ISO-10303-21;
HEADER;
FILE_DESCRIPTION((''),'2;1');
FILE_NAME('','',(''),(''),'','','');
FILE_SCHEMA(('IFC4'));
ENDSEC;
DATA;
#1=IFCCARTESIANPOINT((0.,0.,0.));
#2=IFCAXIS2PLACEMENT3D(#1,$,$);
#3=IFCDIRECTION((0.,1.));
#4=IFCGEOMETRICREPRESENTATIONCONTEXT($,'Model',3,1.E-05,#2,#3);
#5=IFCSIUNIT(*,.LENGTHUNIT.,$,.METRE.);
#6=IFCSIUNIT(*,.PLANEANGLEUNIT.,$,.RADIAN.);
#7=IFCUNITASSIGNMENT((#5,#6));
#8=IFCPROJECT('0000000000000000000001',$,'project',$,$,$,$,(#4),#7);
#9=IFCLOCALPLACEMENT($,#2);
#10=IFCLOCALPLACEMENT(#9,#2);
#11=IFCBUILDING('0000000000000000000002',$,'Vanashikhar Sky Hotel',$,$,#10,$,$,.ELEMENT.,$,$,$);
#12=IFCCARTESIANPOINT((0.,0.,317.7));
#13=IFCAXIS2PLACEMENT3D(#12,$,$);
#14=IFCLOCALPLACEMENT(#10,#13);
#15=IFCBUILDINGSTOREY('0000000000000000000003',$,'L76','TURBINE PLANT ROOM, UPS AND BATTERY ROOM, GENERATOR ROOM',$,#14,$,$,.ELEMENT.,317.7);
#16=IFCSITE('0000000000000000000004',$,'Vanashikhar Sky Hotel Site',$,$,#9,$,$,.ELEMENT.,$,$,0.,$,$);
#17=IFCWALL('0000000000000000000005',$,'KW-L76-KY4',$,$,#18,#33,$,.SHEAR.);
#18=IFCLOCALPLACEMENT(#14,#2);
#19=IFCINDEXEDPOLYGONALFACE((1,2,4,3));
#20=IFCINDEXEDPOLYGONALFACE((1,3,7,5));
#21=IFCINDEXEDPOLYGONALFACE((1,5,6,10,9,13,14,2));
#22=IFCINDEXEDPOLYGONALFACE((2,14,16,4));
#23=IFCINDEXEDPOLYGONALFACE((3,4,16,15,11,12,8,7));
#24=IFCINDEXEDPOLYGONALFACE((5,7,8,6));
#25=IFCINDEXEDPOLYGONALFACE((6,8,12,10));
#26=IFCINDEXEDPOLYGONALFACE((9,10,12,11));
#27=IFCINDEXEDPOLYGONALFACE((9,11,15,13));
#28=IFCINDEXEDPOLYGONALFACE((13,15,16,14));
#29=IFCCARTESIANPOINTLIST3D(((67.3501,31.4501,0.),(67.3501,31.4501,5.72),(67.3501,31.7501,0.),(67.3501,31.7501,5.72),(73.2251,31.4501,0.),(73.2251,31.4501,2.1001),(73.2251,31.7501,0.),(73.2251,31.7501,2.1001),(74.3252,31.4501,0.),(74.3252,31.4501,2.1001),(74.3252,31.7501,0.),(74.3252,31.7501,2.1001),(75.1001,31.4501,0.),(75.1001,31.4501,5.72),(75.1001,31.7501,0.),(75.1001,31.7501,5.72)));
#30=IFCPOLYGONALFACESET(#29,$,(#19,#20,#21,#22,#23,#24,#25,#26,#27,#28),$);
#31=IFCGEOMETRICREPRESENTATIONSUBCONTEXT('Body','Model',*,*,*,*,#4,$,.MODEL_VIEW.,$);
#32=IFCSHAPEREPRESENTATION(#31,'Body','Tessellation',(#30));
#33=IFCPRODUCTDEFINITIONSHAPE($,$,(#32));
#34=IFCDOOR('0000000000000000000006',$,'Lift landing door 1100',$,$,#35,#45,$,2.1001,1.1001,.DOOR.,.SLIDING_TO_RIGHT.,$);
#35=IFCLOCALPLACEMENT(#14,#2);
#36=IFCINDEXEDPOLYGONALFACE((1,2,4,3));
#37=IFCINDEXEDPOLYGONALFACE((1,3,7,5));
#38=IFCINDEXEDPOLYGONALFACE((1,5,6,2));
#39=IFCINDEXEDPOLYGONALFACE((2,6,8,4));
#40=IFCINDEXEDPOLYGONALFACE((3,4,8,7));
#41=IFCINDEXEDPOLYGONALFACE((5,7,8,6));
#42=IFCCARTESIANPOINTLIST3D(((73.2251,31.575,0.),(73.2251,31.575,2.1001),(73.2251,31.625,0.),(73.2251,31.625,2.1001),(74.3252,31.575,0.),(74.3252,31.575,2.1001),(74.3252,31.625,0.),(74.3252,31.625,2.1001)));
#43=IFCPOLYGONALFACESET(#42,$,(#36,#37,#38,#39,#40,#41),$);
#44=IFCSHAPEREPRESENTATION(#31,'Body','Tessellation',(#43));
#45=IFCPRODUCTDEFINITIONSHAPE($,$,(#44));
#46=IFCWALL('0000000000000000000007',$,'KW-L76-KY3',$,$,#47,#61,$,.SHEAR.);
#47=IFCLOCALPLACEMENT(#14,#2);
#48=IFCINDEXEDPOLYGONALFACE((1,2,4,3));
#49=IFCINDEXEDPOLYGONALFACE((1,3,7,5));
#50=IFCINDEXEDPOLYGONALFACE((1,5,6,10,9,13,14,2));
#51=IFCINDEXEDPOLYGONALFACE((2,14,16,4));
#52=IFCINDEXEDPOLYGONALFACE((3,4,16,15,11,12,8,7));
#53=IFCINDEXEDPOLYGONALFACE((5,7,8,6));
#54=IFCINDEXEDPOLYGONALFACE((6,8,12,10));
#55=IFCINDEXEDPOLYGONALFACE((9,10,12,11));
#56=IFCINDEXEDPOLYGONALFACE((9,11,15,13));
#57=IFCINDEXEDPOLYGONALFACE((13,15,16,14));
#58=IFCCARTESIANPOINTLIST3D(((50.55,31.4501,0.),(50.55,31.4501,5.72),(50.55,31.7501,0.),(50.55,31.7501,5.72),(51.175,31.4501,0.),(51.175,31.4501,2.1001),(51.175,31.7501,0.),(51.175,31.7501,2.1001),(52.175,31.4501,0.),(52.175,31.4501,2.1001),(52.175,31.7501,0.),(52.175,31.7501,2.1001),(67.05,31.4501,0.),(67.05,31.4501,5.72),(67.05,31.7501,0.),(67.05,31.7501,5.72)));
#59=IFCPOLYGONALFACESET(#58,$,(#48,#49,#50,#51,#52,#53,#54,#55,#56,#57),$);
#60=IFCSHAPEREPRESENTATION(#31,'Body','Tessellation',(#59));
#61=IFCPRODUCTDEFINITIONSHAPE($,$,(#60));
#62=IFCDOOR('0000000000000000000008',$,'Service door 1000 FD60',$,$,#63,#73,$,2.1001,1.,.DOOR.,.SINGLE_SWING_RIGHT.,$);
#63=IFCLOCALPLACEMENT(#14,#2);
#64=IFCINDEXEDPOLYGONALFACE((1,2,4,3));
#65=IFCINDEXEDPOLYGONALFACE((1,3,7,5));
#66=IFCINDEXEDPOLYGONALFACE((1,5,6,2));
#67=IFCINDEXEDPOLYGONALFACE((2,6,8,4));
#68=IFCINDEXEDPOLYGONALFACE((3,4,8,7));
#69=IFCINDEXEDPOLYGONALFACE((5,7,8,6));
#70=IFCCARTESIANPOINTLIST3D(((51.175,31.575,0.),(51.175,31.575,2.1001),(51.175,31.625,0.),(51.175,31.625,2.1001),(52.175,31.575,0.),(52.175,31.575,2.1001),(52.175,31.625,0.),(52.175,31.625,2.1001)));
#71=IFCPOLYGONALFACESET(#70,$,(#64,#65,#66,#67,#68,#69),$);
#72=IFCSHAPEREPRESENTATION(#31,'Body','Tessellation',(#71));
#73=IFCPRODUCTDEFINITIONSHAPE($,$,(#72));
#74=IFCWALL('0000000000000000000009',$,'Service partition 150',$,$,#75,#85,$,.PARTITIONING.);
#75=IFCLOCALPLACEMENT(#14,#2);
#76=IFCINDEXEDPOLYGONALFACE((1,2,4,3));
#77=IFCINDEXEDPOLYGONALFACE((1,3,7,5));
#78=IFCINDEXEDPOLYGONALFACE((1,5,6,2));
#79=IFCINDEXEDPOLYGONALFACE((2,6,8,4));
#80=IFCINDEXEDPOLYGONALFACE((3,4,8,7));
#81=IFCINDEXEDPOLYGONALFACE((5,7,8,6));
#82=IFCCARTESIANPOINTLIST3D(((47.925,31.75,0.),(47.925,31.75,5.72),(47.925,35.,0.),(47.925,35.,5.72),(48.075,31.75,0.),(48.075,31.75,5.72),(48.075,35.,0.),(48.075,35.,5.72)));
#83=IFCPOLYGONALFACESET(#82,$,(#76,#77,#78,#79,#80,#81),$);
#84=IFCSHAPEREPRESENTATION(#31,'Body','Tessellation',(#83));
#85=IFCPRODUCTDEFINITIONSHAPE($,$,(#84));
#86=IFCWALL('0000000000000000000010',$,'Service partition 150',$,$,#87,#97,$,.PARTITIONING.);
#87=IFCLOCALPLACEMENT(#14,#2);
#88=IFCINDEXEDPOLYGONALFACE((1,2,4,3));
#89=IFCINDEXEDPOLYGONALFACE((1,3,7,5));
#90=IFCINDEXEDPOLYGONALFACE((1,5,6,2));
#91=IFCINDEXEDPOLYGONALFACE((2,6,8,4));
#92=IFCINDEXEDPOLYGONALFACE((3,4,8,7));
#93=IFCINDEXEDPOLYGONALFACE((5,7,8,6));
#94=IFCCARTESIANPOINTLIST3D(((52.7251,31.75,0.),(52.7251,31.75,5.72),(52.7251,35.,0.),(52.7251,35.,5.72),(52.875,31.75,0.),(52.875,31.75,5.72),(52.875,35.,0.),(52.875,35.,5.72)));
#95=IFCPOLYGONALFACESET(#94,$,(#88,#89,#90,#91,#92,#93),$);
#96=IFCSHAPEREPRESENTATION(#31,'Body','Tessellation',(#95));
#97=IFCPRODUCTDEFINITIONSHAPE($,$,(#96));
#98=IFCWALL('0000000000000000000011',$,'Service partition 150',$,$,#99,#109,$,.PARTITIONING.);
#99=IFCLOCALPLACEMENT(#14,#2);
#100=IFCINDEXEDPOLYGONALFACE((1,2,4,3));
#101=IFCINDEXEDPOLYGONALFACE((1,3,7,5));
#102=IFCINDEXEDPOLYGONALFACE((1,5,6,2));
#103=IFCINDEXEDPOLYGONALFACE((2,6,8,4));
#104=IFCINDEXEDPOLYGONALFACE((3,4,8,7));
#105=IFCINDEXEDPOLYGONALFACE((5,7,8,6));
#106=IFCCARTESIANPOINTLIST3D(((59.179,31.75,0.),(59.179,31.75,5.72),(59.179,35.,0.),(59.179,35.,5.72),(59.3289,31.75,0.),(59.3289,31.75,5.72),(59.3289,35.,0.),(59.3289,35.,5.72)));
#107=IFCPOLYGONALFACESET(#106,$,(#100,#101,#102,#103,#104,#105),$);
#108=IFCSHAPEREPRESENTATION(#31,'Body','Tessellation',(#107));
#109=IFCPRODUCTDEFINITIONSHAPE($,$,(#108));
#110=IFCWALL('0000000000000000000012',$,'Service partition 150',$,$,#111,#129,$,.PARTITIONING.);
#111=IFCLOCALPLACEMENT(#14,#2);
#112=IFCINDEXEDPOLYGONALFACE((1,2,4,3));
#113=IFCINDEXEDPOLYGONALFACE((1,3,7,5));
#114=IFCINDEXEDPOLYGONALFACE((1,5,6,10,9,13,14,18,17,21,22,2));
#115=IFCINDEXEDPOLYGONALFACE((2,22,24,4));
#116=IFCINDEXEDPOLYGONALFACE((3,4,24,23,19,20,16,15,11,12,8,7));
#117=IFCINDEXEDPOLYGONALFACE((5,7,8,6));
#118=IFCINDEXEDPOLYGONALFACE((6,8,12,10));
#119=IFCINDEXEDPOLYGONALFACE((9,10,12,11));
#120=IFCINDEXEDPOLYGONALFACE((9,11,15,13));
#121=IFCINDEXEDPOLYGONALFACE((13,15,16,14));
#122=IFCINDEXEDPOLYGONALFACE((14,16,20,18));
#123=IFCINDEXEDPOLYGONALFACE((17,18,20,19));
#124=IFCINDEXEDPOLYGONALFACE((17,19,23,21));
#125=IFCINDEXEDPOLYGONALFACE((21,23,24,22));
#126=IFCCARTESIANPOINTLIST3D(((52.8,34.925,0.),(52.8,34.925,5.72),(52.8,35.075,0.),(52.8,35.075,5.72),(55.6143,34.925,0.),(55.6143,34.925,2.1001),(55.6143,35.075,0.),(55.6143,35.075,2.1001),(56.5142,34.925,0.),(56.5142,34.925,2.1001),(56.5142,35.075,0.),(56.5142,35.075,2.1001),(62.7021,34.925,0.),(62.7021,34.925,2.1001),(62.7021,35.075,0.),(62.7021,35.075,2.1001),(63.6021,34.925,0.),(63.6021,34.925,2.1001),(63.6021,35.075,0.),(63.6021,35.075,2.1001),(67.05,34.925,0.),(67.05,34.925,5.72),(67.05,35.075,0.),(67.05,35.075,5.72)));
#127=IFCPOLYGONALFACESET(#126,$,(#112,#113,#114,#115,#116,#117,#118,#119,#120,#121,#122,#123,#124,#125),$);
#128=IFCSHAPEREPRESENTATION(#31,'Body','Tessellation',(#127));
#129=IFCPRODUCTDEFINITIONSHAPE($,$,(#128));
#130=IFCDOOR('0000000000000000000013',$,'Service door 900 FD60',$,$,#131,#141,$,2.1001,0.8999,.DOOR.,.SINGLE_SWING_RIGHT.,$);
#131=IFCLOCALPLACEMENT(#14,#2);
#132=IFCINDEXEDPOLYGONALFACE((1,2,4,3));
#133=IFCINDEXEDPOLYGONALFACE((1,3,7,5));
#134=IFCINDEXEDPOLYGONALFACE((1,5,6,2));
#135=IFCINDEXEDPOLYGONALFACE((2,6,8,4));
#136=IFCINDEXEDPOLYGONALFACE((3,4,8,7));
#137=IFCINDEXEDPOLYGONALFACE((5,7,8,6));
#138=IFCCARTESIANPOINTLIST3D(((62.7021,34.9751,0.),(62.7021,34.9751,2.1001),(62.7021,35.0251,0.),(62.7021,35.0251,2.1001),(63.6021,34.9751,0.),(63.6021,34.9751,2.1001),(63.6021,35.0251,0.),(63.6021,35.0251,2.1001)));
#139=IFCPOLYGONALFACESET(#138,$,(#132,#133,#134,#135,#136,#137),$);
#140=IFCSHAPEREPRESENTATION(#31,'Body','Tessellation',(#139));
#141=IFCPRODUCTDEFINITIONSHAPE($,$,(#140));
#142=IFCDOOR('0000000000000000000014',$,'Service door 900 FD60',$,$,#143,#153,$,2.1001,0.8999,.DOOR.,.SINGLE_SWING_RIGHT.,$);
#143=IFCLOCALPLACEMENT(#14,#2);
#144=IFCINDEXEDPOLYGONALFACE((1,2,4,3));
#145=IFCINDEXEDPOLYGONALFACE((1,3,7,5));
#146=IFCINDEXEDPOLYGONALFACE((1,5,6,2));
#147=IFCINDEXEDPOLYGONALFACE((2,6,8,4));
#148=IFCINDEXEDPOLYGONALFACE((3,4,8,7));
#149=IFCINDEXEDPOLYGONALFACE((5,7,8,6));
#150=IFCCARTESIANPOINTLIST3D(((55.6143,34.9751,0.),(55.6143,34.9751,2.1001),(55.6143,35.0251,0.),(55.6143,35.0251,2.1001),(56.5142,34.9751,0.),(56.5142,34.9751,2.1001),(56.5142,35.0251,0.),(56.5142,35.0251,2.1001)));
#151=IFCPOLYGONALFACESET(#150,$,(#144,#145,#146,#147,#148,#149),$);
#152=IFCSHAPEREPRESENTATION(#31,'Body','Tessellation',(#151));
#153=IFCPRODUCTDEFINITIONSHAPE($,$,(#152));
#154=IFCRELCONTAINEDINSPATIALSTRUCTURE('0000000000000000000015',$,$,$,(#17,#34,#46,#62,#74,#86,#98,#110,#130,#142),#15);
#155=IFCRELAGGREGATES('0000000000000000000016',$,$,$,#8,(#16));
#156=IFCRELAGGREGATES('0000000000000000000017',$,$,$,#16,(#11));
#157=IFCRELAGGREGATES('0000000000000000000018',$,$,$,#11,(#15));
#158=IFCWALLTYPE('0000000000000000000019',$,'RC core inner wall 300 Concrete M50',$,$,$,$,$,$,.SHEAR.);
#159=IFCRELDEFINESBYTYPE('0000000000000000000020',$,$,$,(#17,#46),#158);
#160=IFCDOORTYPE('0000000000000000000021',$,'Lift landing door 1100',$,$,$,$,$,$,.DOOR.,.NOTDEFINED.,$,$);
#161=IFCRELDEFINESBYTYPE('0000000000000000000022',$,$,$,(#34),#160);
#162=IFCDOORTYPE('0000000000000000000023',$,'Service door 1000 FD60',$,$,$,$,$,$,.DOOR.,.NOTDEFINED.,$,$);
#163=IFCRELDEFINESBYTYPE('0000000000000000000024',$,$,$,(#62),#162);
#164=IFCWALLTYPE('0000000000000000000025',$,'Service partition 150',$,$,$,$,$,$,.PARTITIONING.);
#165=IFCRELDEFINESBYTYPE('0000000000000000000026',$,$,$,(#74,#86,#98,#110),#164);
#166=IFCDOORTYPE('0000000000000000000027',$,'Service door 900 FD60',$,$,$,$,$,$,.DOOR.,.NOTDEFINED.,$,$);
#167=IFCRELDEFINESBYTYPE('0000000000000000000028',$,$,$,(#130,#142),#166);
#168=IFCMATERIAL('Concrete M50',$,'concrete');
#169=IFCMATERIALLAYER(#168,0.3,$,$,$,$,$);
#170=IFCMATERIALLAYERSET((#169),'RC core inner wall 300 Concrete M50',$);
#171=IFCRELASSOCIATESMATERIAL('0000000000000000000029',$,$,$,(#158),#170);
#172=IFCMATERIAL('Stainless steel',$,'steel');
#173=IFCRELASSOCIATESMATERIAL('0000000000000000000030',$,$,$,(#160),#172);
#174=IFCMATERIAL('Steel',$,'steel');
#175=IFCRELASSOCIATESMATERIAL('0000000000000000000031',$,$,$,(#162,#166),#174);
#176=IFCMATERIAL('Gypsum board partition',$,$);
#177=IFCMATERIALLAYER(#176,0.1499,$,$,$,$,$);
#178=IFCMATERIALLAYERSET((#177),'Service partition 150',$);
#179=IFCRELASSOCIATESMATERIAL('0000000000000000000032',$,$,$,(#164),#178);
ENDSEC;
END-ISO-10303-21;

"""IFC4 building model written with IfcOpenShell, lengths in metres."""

from ifc_helpers import new_model, si_unit, direction, frame, frame_2d, origin, place, context, subcontext, project, spatial, rectangle, extrude, source, transform, mapped, material, layer, layer_set, type_object, element, fill, save


model = new_model("IFC4")

# Units and contexts
model_context = context("Model", 3, precision=1e-05, world=origin(), true_north=direction((0.0, 1.0)))
body_context = subcontext(model_context, "Body", "Model", "MODEL_VIEW")
ifc_project = project(units=[si_unit("LENGTHUNIT", "METRE"), si_unit("PLANEANGLEUNIT", "RADIAN")], contexts=[model_context])

# Site, building, storey
site_placement = place(None, origin())
site = spatial("IfcSite", under=ifc_project, at=site_placement, Name="Vanashikhar Sky Hotel Site", CompositionType="ELEMENT", RefElevation=0.0)
building_placement = place(site_placement, origin())
building = spatial("IfcBuilding", under=site, at=building_placement, Name="Vanashikhar Sky Hotel", CompositionType="ELEMENT")
storey_placement = place(building_placement, frame((0.0, 0.0, 317.7)))
storey = spatial("IfcBuildingStorey", under=building, at=storey_placement, Name="L76", Description="TURBINE PLANT ROOM, UPS AND BATTERY ROOM, GENERATOR ROOM", CompositionType="ELEMENT", Elevation=317.7)

# Walls, openings, doors
ifc_material_1 = material(Name="Concrete M50", Category="concrete")
ifc_layer_1 = layer(ifc_material_1, 0.3)
ifc_layer_set_1 = layer_set([ifc_layer_1], Name="RC core inner wall 300 Concrete M50")
wall_type_1 = type_object("IfcWallType", Name="RC core inner wall 300 Concrete M50", PredefinedType="SHEAR", material=ifc_layer_set_1)
shared_shape_1 = source(origin(), body_context, "Body", "SweptSolid", [
    extrude(rectangle(XDim=7.75, YDim=0.3, at=frame_2d((3.875, 0.0))), origin(), (0.0, 0.0, 1.0), 5.72),
])
wall_1_placement = place(storey_placement, frame((67.3501, 31.6001, 0.0), z_axis=(0.0, 0.0, 1.0), x_axis=(1.0, 0.0, 0.0)))
wall_1 = element("IfcWall", 1, at=wall_1_placement, inside=storey, type_object=wall_type_1, Name="KW-L76-KY4", PredefinedType="SHEAR", context=body_context, shape_type="MappedRepresentation", body=[
    mapped(shared_shape_1, transform((0.0, 0.0, 0.0), scale=1.0)),
])
shared_shape_2 = source(origin(), body_context, "Body", "SweptSolid", [
    extrude(rectangle(XDim=1.1001, YDim=2.1001, at=frame_2d((0.55, 1.05))), frame((0.0, 0.1602, 0.0), z_axis=(0.0, -1.0, 0.0), x_axis=(1.0, 0.0, 0.0)), (0.0, 0.0, 1.0), 0.3201),
])
opening_1_placement = place(wall_1_placement, frame((5.875, 0.0, 0.0)))
opening_1 = element("IfcOpeningElement", 2, at=opening_1_placement, cuts=wall_1, PredefinedType="OPENING", context=body_context, shape_type="MappedRepresentation", body=[
    mapped(shared_shape_2, transform((0.0, 0.0, 0.0), scale=1.0)),
])
ifc_material_2 = material(Name="Stainless steel", Category="steel")
door_type_1 = type_object("IfcDoorType", Name="Lift landing door 1100", OperationType="NOTDEFINED", PredefinedType="DOOR", material=ifc_material_2)
shared_shape_3 = source(origin(), body_context, "Body", "SweptSolid", [
    extrude(rectangle(XDim=1.1001, YDim=2.1001, at=frame_2d((0.55, 1.05))), frame((0.0, 0.0249, 0.0), z_axis=(0.0, -1.0, 0.0), x_axis=(1.0, 0.0, 0.0)), (0.0, 0.0, 1.0), 0.05),
])
door_1_placement = place(opening_1_placement, origin())
door_1 = element("IfcDoor", 3, at=door_1_placement, inside=storey, type_object=door_type_1, Name="Lift landing door 1100", OperationType="SLIDING_TO_RIGHT", OverallHeight=2.1001, OverallWidth=1.1001, PredefinedType="DOOR", context=body_context, shape_type="MappedRepresentation", body=[
    mapped(shared_shape_3, transform((0.0, 0.0, 0.0), scale=1.0)),
])
fill(opening_1, door_1)
shared_shape_4 = source(origin(), body_context, "Body", "SweptSolid", [
    extrude(rectangle(XDim=16.5, YDim=0.3, at=frame_2d((8.25, 0.0))), origin(), (0.0, 0.0, 1.0), 5.72),
])
wall_2_placement = place(storey_placement, frame((50.55, 31.6001, 0.0), z_axis=(0.0, 0.0, 1.0), x_axis=(1.0, 0.0, 0.0)))
wall_2 = element("IfcWall", 4, at=wall_2_placement, inside=storey, type_object=wall_type_1, Name="KW-L76-KY3", PredefinedType="SHEAR", context=body_context, shape_type="MappedRepresentation", body=[
    mapped(shared_shape_4, transform((0.0, 0.0, 0.0), scale=1.0)),
])
shared_shape_5 = source(origin(), body_context, "Body", "SweptSolid", [
    extrude(rectangle(XDim=1.0, YDim=2.1001, at=frame_2d((0.5, 1.05))), frame((0.0, 0.1602, 0.0), z_axis=(0.0, -1.0, 0.0), x_axis=(1.0, 0.0, 0.0)), (0.0, 0.0, 1.0), 0.3201),
])
opening_2_placement = place(wall_2_placement, frame((0.625, 0.0, 0.0)))
opening_2 = element("IfcOpeningElement", 5, at=opening_2_placement, cuts=wall_2, PredefinedType="OPENING", context=body_context, shape_type="MappedRepresentation", body=[
    mapped(shared_shape_5, transform((0.0, 0.0, 0.0), scale=1.0)),
])
ifc_material_3 = material(Name="Steel", Category="steel")
door_type_2 = type_object("IfcDoorType", Name="Service door 1000 FD60", OperationType="NOTDEFINED", PredefinedType="DOOR", material=ifc_material_3)
shared_shape_6 = source(origin(), body_context, "Body", "SweptSolid", [
    extrude(rectangle(XDim=1.0, YDim=2.1001, at=frame_2d((0.5, 1.05))), frame((0.0, 0.0249, 0.0), z_axis=(0.0, -1.0, 0.0), x_axis=(1.0, 0.0, 0.0)), (0.0, 0.0, 1.0), 0.05),
])
door_2_placement = place(opening_2_placement, origin())
door_2 = element("IfcDoor", 6, at=door_2_placement, inside=storey, type_object=door_type_2, Name="Service door 1000 FD60", OperationType="SINGLE_SWING_RIGHT", OverallHeight=2.1001, OverallWidth=1.0, PredefinedType="DOOR", context=body_context, shape_type="MappedRepresentation", body=[
    mapped(shared_shape_6, transform((0.0, 0.0, 0.0), scale=1.0)),
])
fill(opening_2, door_2)

# Walls
ifc_material_4 = material(Name="Gypsum board partition")
ifc_layer_2 = layer(ifc_material_4, 0.1499)
ifc_layer_set_2 = layer_set([ifc_layer_2], Name="Service partition 150")
wall_type_2 = type_object("IfcWallType", Name="Service partition 150", PredefinedType="PARTITIONING", material=ifc_layer_set_2)
shared_shape_7 = source(origin(), body_context, "Body", "SweptSolid", [
    extrude(rectangle(XDim=3.25, YDim=0.1499, at=frame_2d((1.625, 0.0))), origin(), (0.0, 0.0, 1.0), 5.72),
])
for number, where, z_axis, x_axis, name in (
    (7, (48.0, 31.75, 0.0), (0.0, 0.0, 1.0), (0.0, 1.0, 0.0), "Service partition 150"),
    (8, (52.8, 31.75, 0.0), (0.0, 0.0, 1.0), (0.0, 1.0, 0.0), "Service partition 150"),
    (9, (59.2539, 31.75, 0.0), (0.0, 0.0, 1.0), (0.0, 1.0, 0.0), "Service partition 150"),
):
    element("IfcWall", number, at=place(storey_placement, frame(where, z_axis=z_axis, x_axis=x_axis)), inside=storey, type_object=wall_type_2, Name=name, PredefinedType="PARTITIONING", context=body_context, shape_type="MappedRepresentation", body=[
        mapped(shared_shape_7, transform((0.0, 0.0, 0.0), scale=1.0)),
    ])

# Wall, openings, doors
shared_shape_8 = source(origin(), body_context, "Body", "SweptSolid", [
    extrude(rectangle(XDim=14.25, YDim=0.1499, at=frame_2d((7.125, 0.0))), origin(), (0.0, 0.0, 1.0), 5.72),
])
wall_3_placement = place(storey_placement, frame((67.05, 35.0, 0.0), z_axis=(0.0, 0.0, 1.0), x_axis=(-1.0, 0.0, 0.0)))
wall_3 = element("IfcWall", 10, at=wall_3_placement, inside=storey, type_object=wall_type_2, Name="Service partition 150", PredefinedType="PARTITIONING", context=body_context, shape_type="MappedRepresentation", body=[
    mapped(shared_shape_8, transform((0.0, 0.0, 0.0), scale=1.0)),
])
shared_shape_9 = source(origin(), body_context, "Body", "SweptSolid", [
    extrude(rectangle(XDim=0.8999, YDim=2.1001, at=frame_2d((0.45, 1.05))), frame((0.0, 0.085, 0.0), z_axis=(0.0, -1.0, 0.0), x_axis=(1.0, 0.0, 0.0)), (0.0, 0.0, 1.0), 0.1699),
])
opening_3_placement = place(wall_3_placement, frame((3.448, 0.0, 0.0)))
opening_3 = element("IfcOpeningElement", 11, at=opening_3_placement, cuts=wall_3, PredefinedType="OPENING", context=body_context, shape_type="MappedRepresentation", body=[
    mapped(shared_shape_9, transform((0.0, 0.0, 0.0), scale=1.0)),
])
opening_4_placement = place(wall_3_placement, frame((10.5359, 0.0, 0.0)))
opening_4 = element("IfcOpeningElement", 12, at=opening_4_placement, cuts=wall_3, PredefinedType="OPENING", context=body_context, shape_type="MappedRepresentation", body=[
    mapped(shared_shape_9, transform((0.0, 0.0, 0.0), scale=1.0)),
])
door_type_3 = type_object("IfcDoorType", Name="Service door 900 FD60", OperationType="NOTDEFINED", PredefinedType="DOOR", material=ifc_material_3)
shared_shape_10 = source(origin(), body_context, "Body", "SweptSolid", [
    extrude(rectangle(XDim=0.8999, YDim=2.1001, at=frame_2d((0.45, 1.05))), frame((0.0, 0.0249, 0.0), z_axis=(0.0, -1.0, 0.0), x_axis=(1.0, 0.0, 0.0)), (0.0, 0.0, 1.0), 0.05),
])
door_3_placement = place(opening_3_placement, origin())
door_3 = element("IfcDoor", 13, at=door_3_placement, inside=storey, type_object=door_type_3, Name="Service door 900 FD60", OperationType="SINGLE_SWING_RIGHT", OverallHeight=2.1001, OverallWidth=0.8999, PredefinedType="DOOR", context=body_context, shape_type="MappedRepresentation", body=[
    mapped(shared_shape_10, transform((0.0, 0.0, 0.0), scale=1.0)),
])
fill(opening_3, door_3)
door_4_placement = place(opening_4_placement, origin())
door_4 = element("IfcDoor", 14, at=door_4_placement, inside=storey, type_object=door_type_3, Name="Service door 900 FD60", OperationType="SINGLE_SWING_RIGHT", OverallHeight=2.1001, OverallWidth=0.8999, PredefinedType="DOOR", context=body_context, shape_type="MappedRepresentation", body=[
    mapped(shared_shape_10, transform((0.0, 0.0, 0.0), scale=1.0)),
])
fill(opening_4, door_4)

save(model, "model.ifc")
